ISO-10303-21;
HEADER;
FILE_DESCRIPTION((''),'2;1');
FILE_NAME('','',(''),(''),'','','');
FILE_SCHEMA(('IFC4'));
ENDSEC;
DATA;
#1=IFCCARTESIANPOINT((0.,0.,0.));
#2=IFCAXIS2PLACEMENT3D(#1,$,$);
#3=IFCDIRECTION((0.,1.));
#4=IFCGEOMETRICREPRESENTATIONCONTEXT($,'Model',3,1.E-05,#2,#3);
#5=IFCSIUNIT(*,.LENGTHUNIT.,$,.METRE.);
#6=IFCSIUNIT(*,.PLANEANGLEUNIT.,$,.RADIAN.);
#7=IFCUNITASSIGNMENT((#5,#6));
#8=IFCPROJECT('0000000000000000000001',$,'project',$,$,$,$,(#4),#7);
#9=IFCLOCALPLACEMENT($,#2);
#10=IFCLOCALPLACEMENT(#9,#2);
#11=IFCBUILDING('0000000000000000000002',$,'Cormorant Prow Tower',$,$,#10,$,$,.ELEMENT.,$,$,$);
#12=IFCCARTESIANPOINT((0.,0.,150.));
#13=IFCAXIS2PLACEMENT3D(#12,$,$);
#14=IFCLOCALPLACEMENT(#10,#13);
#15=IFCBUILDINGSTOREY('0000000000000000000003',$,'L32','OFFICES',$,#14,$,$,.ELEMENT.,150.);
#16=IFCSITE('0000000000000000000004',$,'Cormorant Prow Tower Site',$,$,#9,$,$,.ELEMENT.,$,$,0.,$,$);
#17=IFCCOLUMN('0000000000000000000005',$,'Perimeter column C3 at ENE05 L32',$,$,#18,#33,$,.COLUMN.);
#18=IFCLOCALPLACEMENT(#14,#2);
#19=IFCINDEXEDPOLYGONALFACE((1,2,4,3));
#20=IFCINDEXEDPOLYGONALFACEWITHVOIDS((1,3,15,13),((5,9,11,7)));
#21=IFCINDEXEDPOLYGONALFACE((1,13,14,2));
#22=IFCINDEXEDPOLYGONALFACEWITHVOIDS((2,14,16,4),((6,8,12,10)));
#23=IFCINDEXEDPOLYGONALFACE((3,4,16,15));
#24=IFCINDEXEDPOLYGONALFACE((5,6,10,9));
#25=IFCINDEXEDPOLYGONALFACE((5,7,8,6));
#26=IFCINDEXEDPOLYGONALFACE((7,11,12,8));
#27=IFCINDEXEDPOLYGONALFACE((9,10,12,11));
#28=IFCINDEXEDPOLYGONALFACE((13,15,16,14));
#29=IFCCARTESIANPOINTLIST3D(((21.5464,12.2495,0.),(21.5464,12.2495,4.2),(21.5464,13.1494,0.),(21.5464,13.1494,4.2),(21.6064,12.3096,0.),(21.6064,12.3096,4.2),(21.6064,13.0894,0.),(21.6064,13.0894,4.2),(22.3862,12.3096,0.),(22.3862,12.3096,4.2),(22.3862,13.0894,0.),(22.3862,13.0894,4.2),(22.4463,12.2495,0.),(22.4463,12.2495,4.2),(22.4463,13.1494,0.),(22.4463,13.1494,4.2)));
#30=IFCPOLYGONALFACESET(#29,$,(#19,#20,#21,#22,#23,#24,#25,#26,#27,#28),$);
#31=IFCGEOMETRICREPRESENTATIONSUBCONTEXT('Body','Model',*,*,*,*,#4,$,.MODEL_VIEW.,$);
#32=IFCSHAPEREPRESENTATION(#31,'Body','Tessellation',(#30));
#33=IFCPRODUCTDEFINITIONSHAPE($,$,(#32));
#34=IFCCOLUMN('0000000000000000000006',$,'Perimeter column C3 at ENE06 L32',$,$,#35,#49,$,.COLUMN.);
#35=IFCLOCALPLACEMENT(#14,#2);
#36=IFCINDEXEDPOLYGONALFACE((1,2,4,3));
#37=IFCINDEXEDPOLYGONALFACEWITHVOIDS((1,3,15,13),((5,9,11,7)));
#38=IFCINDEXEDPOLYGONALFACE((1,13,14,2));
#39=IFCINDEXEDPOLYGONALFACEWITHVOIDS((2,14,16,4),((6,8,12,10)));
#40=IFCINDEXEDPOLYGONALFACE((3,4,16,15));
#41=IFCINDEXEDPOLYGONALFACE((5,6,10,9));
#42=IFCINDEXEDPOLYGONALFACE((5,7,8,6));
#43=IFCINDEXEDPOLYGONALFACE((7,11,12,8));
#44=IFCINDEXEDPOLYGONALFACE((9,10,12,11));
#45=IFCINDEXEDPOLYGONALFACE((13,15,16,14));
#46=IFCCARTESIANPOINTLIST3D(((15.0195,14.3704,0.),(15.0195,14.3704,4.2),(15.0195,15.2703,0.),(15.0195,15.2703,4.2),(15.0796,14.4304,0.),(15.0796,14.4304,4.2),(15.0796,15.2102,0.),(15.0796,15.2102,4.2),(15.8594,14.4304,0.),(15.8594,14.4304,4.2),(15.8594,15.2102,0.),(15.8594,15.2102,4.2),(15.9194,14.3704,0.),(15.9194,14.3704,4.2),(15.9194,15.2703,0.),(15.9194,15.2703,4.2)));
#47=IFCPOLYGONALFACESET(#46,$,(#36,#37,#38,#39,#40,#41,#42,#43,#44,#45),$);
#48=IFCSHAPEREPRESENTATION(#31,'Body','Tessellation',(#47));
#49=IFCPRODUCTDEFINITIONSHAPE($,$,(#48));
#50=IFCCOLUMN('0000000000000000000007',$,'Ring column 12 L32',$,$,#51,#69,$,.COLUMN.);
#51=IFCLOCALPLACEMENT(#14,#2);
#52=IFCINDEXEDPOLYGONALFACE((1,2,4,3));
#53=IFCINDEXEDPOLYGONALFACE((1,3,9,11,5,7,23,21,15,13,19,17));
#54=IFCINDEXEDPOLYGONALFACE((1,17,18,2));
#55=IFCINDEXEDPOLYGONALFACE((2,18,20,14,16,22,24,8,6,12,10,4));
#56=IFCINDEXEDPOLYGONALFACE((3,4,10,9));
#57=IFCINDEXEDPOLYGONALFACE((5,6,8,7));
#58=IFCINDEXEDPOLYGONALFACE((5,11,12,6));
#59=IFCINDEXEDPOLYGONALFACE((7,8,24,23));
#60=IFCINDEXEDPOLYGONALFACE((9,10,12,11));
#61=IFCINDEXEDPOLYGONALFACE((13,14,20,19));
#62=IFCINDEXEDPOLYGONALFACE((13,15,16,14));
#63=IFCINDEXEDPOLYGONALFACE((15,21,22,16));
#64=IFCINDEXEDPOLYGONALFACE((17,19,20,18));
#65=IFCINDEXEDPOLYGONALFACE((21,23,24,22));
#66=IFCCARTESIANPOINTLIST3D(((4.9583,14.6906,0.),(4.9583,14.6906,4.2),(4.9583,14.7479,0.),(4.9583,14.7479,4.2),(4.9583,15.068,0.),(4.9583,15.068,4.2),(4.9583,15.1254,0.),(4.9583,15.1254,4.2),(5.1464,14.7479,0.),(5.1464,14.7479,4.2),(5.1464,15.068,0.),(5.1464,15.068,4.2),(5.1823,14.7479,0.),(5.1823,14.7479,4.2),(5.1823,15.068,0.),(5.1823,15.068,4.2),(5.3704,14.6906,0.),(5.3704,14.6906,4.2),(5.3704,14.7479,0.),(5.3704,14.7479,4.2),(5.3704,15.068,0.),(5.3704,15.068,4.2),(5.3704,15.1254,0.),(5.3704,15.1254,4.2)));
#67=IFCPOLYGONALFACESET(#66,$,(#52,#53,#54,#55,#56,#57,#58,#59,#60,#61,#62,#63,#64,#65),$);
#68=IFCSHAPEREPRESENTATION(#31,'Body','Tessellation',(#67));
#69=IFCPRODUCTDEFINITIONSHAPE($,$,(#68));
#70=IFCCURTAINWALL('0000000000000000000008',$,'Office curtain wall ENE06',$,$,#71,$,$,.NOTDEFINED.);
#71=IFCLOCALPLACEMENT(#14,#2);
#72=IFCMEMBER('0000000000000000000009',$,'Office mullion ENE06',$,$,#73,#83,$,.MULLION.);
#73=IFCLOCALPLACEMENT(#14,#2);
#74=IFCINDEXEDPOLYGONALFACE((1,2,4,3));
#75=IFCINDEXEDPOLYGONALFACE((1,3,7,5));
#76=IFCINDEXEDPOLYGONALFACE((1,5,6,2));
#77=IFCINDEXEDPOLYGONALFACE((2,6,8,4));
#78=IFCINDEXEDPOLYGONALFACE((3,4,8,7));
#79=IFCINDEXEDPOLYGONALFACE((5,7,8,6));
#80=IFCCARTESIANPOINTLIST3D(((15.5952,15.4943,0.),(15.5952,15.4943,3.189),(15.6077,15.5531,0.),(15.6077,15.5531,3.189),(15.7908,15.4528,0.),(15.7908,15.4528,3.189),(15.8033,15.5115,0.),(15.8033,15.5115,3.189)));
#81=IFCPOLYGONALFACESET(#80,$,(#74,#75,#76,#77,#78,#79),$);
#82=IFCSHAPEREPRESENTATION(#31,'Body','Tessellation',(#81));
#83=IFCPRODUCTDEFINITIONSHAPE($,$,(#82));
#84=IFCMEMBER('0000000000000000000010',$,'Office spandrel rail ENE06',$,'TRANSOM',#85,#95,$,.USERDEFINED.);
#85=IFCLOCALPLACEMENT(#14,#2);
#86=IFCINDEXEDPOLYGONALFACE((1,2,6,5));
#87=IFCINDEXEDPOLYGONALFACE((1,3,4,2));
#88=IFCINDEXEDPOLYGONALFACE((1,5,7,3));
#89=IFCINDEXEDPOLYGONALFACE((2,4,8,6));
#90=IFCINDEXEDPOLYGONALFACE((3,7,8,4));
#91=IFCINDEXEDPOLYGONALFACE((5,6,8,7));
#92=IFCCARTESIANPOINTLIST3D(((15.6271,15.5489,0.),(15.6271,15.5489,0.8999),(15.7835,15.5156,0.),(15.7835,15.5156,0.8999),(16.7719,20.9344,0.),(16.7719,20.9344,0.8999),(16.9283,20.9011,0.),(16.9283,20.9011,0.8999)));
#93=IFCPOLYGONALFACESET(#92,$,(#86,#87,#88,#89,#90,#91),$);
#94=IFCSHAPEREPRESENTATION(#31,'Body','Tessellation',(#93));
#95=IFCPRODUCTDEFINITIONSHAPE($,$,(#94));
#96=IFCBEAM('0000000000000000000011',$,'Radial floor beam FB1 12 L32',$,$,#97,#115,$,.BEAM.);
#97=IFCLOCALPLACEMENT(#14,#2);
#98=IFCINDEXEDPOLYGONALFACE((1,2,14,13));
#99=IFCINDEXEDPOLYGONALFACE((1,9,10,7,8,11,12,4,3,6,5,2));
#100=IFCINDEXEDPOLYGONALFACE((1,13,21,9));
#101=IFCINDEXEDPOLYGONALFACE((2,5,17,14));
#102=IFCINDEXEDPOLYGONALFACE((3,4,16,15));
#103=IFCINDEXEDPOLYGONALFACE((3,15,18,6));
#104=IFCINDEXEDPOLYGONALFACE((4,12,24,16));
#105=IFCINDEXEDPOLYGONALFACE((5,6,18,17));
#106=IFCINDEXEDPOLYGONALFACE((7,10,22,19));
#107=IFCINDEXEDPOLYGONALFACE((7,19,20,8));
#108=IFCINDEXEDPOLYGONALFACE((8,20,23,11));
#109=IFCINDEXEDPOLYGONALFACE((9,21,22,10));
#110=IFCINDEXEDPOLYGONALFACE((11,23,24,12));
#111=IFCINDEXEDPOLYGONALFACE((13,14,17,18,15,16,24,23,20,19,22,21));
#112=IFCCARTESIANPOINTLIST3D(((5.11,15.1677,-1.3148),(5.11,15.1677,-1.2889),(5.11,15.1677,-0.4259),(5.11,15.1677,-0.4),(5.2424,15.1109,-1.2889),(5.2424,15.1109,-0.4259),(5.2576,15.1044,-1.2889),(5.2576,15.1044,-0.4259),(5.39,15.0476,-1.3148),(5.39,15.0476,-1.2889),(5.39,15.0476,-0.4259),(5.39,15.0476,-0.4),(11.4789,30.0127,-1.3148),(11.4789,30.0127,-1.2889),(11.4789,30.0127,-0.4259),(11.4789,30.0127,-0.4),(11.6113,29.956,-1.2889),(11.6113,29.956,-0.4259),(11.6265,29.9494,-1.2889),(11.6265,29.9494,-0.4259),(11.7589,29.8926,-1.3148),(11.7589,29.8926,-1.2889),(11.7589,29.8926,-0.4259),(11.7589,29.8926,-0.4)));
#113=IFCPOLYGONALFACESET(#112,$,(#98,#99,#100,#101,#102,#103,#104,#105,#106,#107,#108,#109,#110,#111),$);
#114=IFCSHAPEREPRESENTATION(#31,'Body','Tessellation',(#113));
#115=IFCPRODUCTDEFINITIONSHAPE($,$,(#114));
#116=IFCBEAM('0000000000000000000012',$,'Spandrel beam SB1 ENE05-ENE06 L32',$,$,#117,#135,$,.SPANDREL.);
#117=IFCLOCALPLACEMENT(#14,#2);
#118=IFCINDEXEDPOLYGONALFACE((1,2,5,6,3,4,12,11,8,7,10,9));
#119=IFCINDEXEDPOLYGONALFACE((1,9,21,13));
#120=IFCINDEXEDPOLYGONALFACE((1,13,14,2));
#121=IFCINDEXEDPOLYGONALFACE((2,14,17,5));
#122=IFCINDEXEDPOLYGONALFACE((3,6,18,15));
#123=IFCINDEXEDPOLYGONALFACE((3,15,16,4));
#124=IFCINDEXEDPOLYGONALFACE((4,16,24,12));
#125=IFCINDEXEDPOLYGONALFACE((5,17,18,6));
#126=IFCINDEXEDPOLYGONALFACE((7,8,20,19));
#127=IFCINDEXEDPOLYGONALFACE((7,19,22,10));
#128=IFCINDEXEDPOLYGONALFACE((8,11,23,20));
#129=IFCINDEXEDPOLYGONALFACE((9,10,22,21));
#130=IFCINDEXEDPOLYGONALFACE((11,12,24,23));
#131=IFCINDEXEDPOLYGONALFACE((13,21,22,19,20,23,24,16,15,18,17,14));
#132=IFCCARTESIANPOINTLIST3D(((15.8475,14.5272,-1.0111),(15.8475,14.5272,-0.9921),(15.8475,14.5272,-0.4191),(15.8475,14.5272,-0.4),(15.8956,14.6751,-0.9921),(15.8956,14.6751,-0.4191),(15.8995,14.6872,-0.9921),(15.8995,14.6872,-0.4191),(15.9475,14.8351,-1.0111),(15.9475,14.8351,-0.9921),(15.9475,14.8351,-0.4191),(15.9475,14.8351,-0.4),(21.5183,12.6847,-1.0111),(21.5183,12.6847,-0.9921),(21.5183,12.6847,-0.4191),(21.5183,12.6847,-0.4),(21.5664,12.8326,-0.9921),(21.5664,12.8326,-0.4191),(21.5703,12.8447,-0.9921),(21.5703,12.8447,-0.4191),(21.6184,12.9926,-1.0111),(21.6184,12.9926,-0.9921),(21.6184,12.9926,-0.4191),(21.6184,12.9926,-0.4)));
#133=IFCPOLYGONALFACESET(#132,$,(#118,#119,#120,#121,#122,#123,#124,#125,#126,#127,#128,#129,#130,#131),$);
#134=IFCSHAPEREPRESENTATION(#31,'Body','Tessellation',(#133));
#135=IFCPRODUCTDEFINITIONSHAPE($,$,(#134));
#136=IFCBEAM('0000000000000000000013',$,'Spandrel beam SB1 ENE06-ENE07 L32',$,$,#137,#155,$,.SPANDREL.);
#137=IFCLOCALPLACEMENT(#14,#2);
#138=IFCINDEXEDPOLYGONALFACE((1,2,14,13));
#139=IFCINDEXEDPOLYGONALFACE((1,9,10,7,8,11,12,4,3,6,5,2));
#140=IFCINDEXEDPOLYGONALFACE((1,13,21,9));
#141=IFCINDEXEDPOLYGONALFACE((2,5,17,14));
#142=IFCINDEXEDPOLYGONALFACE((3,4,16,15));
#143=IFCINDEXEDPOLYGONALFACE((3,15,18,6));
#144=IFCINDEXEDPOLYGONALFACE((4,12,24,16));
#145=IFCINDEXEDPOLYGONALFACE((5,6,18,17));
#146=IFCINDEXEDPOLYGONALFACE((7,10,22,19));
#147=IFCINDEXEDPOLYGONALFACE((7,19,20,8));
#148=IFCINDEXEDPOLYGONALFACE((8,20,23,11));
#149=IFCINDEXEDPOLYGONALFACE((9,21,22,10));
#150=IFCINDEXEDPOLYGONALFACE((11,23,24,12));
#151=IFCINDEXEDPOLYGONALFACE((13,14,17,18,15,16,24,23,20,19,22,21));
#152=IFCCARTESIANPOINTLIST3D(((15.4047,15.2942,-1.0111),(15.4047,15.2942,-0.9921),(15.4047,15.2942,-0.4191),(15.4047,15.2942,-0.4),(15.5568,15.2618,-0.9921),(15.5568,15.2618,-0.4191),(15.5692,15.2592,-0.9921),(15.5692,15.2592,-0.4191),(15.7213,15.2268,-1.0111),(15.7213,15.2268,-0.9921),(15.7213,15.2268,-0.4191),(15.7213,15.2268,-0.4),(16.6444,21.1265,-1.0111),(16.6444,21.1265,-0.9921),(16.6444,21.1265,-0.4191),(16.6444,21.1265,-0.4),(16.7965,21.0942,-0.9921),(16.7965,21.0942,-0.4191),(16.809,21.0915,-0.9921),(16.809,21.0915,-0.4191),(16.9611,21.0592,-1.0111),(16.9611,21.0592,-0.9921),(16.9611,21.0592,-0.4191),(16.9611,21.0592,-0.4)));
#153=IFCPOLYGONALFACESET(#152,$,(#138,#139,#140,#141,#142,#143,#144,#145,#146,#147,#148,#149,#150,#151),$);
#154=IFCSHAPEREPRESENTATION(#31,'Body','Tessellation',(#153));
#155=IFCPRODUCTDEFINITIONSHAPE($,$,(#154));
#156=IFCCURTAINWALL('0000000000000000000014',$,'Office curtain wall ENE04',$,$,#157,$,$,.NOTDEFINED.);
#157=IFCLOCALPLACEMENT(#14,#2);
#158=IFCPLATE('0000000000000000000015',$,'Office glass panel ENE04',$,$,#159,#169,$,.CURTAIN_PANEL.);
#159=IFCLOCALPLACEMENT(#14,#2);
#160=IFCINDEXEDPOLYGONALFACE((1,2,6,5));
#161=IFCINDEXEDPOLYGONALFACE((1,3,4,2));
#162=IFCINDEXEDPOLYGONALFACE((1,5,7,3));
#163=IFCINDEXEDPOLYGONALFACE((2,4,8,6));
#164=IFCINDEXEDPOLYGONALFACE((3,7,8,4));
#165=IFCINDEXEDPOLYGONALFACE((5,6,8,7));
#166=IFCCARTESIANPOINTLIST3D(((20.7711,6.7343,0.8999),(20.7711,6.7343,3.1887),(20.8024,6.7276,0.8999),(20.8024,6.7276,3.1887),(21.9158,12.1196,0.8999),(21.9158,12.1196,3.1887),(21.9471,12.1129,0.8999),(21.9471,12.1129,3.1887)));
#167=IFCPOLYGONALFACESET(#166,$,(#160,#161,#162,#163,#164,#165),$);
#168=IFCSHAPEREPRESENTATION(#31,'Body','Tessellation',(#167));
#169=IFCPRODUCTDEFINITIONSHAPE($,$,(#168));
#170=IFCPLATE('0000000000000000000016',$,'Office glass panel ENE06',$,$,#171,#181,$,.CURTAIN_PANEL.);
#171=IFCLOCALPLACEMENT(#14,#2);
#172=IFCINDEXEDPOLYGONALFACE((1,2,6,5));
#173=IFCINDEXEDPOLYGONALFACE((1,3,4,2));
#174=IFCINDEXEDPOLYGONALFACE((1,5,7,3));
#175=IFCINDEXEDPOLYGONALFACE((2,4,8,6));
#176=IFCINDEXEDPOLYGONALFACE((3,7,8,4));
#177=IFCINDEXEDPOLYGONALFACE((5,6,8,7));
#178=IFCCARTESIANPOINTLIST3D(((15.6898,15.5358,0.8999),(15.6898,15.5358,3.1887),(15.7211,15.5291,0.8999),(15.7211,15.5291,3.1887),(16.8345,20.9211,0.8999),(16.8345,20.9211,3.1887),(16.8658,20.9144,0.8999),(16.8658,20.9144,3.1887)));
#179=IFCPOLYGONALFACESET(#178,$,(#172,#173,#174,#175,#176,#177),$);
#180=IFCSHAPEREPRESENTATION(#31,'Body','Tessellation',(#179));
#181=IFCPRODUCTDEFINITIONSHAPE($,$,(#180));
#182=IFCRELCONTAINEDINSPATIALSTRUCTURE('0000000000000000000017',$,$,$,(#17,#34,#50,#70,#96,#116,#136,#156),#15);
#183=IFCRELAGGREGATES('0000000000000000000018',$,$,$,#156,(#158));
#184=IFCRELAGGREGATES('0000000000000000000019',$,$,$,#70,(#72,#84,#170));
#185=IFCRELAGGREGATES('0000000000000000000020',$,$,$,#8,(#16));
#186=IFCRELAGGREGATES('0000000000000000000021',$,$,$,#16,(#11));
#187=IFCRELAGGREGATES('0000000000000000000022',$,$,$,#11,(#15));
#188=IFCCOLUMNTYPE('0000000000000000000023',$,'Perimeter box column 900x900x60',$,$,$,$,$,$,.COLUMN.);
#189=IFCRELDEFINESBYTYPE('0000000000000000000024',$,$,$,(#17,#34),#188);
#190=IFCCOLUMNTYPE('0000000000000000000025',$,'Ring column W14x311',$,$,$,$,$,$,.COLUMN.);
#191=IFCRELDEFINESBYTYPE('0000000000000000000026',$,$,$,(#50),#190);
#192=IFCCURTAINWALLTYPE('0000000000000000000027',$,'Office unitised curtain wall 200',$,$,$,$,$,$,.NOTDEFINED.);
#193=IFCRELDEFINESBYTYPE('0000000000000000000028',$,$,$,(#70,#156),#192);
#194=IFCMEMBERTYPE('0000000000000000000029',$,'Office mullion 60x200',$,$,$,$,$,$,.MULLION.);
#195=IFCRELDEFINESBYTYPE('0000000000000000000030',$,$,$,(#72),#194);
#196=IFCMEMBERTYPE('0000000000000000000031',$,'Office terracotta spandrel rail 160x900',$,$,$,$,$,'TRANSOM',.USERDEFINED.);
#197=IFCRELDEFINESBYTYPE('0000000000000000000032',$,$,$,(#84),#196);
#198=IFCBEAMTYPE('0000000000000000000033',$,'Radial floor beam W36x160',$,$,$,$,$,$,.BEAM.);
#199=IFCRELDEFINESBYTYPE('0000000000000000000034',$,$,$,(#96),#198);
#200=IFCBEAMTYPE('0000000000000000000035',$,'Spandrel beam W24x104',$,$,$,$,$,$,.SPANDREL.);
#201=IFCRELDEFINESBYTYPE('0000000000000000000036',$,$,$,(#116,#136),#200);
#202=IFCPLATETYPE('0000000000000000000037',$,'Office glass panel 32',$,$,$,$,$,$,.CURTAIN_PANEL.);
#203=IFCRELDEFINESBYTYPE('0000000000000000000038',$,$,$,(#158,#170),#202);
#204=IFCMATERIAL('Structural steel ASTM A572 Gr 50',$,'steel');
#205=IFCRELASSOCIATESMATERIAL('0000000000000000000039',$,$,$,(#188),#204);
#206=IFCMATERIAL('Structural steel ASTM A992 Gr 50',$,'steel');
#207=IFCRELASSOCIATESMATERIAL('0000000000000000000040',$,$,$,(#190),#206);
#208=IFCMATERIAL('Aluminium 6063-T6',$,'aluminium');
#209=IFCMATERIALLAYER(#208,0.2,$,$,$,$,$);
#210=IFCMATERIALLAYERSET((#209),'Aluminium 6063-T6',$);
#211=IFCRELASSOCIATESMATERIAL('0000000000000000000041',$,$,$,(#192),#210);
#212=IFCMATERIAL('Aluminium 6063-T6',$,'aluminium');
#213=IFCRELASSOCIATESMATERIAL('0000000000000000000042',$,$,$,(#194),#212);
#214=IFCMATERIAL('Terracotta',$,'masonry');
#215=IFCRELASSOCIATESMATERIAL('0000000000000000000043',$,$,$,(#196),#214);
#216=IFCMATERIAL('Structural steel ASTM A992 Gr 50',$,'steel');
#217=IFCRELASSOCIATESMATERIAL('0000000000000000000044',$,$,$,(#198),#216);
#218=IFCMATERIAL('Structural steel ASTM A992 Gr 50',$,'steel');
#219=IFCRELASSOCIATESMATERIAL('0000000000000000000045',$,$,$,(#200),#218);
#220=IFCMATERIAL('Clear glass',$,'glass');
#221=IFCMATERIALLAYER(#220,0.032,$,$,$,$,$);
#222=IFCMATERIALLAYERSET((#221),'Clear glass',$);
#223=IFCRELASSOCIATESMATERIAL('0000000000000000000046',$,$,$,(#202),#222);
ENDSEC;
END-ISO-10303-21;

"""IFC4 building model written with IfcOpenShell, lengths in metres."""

from ifc_helpers import new_model, si_unit, direction, frame, origin, origin_2d, place, context, subcontext, project, spatial, rectangle, hollow_rectangle, i_section, extrude, material, layer, layer_set, material_profile, profile_set, type_object, element, aggregate, save


model = new_model("IFC4")

# Units and contexts
model_context = context("Model", 3, precision=1e-05, world=origin(), true_north=direction((0.0, 1.0)))
body_context = subcontext(model_context, "Body", "Model", "MODEL_VIEW")
ifc_project = project(units=[si_unit("LENGTHUNIT", "METRE"), si_unit("PLANEANGLEUNIT", "RADIAN")], contexts=[model_context])

# Site, building, storey
site_placement = place(None, origin())
site = spatial("IfcSite", under=ifc_project, at=site_placement, Name="Cormorant Prow Tower Site", CompositionType="ELEMENT", RefElevation=0.0)
building_placement = place(site_placement, origin())
building = spatial("IfcBuilding", under=site, at=building_placement, Name="Cormorant Prow Tower", CompositionType="ELEMENT")
storey_placement = place(building_placement, frame((0.0, 0.0, 150.0)))
storey = spatial("IfcBuildingStorey", under=building, at=storey_placement, Name="L32", Description="OFFICES", CompositionType="ELEMENT", Elevation=150.0)

# Columns
ifc_material_1 = material(Name="Structural steel ASTM A572 Gr 50", Category="steel")
ifc_material_profile_1 = material_profile(ifc_material_1, hollow_rectangle(XDim=0.8999, YDim=0.8999, WallThickness=0.0601, at=origin_2d()), Name="Box 900x900x60")
ifc_profile_set_1 = profile_set([ifc_material_profile_1], Name="Structural steel ASTM A572 Gr 50")
column_type_1 = type_object("IfcColumnType", Name="Perimeter box column 900x900x60", PredefinedType="COLUMN", material=ifc_profile_set_1)
for number, where, z_axis, x_axis, name in (
    (1, (21.9963, 12.6995, 0.0), (0.0, 0.0, 1.0), (1.0, 0.0, 0.0), "Perimeter column C3 at ENE05 L32"),
    (2, (15.4695, 14.8203, 0.0), (0.0, 0.0, 1.0), (1.0, 0.0, 0.0), "Perimeter column C3 at ENE06 L32"),
):
    element("IfcColumn", number, at=place(storey_placement, frame(where, z_axis=z_axis, x_axis=x_axis)), inside=storey, type_object=column_type_1, Name=name, PredefinedType="COLUMN", context=body_context, shape_type="SweptSolid", body=[
        extrude(hollow_rectangle(XDim=0.8999, YDim=0.8999, WallThickness=0.0601, at=origin_2d()), origin(), (0.0, 0.0, 1.0), 4.2),
    ])
ifc_material_2 = material(Name="Structural steel ASTM A992 Gr 50", Category="steel")
ifc_material_profile_2 = material_profile(ifc_material_2, i_section(OverallWidth=0.4121, OverallDepth=0.4348, WebThickness=0.0359, FlangeThickness=0.0574, at=origin_2d()), Name="W14x311")
ifc_profile_set_2 = profile_set([ifc_material_profile_2], Name="Structural steel ASTM A992 Gr 50")
column_type_2 = type_object("IfcColumnType", Name="Ring column W14x311", PredefinedType="COLUMN", material=ifc_profile_set_2)
column_placement = place(storey_placement, frame((5.1643, 14.908, 0.0), z_axis=(0.0, 0.0, 1.0), x_axis=(1.0, 0.0, 0.0)))
element("IfcColumn", 3, at=column_placement, inside=storey, type_object=column_type_2, Name="Ring column 12 L32", PredefinedType="COLUMN", context=body_context, shape_type="SweptSolid", body=[
    extrude(i_section(OverallWidth=0.4121, OverallDepth=0.4348, WebThickness=0.0359, FlangeThickness=0.0574, at=origin_2d()), origin(), (0.0, 0.0, 1.0), 4.2),
])

# Curtain wall, members
ifc_material_3 = material(Name="Aluminium 6063-T6", Category="aluminium")
ifc_layer_1 = layer(ifc_material_3, 0.2)
ifc_layer_set_1 = layer_set([ifc_layer_1], Name="Aluminium 6063-T6")
curtain_wall_type = type_object("IfcCurtainWallType", Name="Office unitised curtain wall 200", PredefinedType="NOTDEFINED", material=ifc_layer_set_1)
curtain_wall_1_placement = place(storey_placement, origin())
curtain_wall_1 = element("IfcCurtainWall", 4, at=curtain_wall_1_placement, inside=storey, type_object=curtain_wall_type, Name="Office curtain wall ENE06", PredefinedType="NOTDEFINED")
ifc_material_4 = material(Name="Aluminium 6063-T6", Category="aluminium")
ifc_material_profile_3 = material_profile(ifc_material_4, rectangle(XDim=0.2, YDim=0.0601, at=origin_2d()), Name="Office mullion 60x200")
ifc_profile_set_3 = profile_set([ifc_material_profile_3], Name="Aluminium 6063-T6")
member_type_1 = type_object("IfcMemberType", Name="Office mullion 60x200", PredefinedType="MULLION", material=ifc_profile_set_3)
member_1_placement = place(storey_placement, frame((15.6992, 15.5029, 0.0), z_axis=(0.0, 0.0, 1.0), x_axis=(-0.978148, 0.207912, 0.0)))
member_1 = element("IfcMember", 5, at=member_1_placement, type_object=member_type_1, Name="Office mullion ENE06", PredefinedType="MULLION", context=body_context, shape_type="SweptSolid", body=[
    extrude(rectangle(XDim=0.2, YDim=0.0601, at=origin_2d()), origin(), (0.0, 0.0, 1.0), 3.189),
])
ifc_material_5 = material(Name="Terracotta", Category="masonry")
ifc_material_profile_4 = material_profile(ifc_material_5, rectangle(XDim=0.1599, YDim=0.8999, at=origin_2d()), Name="Office terracotta spandrel rail 160x900")
ifc_profile_set_4 = profile_set([ifc_material_profile_4], Name="Terracotta")
member_type_2 = type_object("IfcMemberType", Name="Office terracotta spandrel rail 160x900", ElementType="TRANSOM", PredefinedType="USERDEFINED", material=ifc_profile_set_4)
member_2_placement = place(storey_placement, frame((15.7053, 15.5322, 0.45), z_axis=(0.207921, 0.978146, 0.0), x_axis=(-0.978146, 0.207921, 0.0)))
member_2 = element("IfcMember", 6, at=member_2_placement, type_object=member_type_2, Name="Office spandrel rail ENE06", ObjectType="TRANSOM", PredefinedType="USERDEFINED", context=body_context, shape_type="SweptSolid", body=[
    extrude(rectangle(XDim=0.1599, YDim=0.8999, at=origin_2d()), origin(), (0.0, 0.0, 1.0), 5.5059),
])

# Beams
ifc_material_6 = material(Name="Structural steel ASTM A992 Gr 50", Category="steel")
ifc_material_profile_5 = material_profile(ifc_material_6, i_section(OverallWidth=0.3047, OverallDepth=0.9148, WebThickness=0.0166, FlangeThickness=0.0259, at=origin_2d()), Name="W36x160")
ifc_profile_set_5 = profile_set([ifc_material_profile_5], Name="Structural steel ASTM A992 Gr 50")
beam_type_1 = type_object("IfcBeamType", Name="Radial floor beam W36x160", PredefinedType="BEAM", material=ifc_profile_set_5)
beam_placement = place(storey_placement, frame((5.25, 15.1077, -0.8574), z_axis=(0.394273, 0.918993, 0.0), x_axis=(-0.918993, 0.394273, 0.0)))
element("IfcBeam", 7, at=beam_placement, inside=storey, type_object=beam_type_1, Name="Radial floor beam FB1 12 L32", PredefinedType="BEAM", context=body_context, shape_type="SweptSolid", body=[
    extrude(i_section(OverallWidth=0.3047, OverallDepth=0.9148, WebThickness=0.0166, FlangeThickness=0.0259, at=origin_2d()), origin(), (0.0, 0.0, 1.0), 16.1536),
])
ifc_material_7 = material(Name="Structural steel ASTM A992 Gr 50", Category="steel")
ifc_material_profile_6 = material_profile(ifc_material_7, i_section(OverallWidth=0.3237, OverallDepth=0.6111, WebThickness=0.0127, FlangeThickness=0.019, at=origin_2d()), Name="W24x104")
ifc_profile_set_6 = profile_set([ifc_material_profile_6], Name="Structural steel ASTM A992 Gr 50")
beam_type_2 = type_object("IfcBeamType", Name="Spandrel beam W24x104", PredefinedType="SPANDREL", material=ifc_profile_set_6)
for number, where, z_axis, x_axis, name in (
    (8, (21.5684, 12.8386, -0.7056), (-0.951059, 0.309008, 0.0), (-0.309008, -0.951059, 0.0), "Spandrel beam SB1 ENE05-ENE06 L32"),
    (9, (15.563, 15.2605, -0.7056), (0.207921, 0.978146, 0.0), (-0.978146, 0.207921, 0.0), "Spandrel beam SB1 ENE06-ENE07 L32"),
):
    element("IfcBeam", number, at=place(storey_placement, frame(where, z_axis=z_axis, x_axis=x_axis)), inside=storey, type_object=beam_type_2, Name=name, PredefinedType="SPANDREL", context=body_context, shape_type="SweptSolid", body=[
        extrude(i_section(OverallWidth=0.3237, OverallDepth=0.6111, WebThickness=0.0127, FlangeThickness=0.019, at=origin_2d()), origin(), (0.0, 0.0, 1.0), 5.9626),
    ])

# Curtain wall, plate
curtain_wall_2_placement = place(storey_placement, origin())
curtain_wall_2 = element("IfcCurtainWall", 10, at=curtain_wall_2_placement, inside=storey, type_object=curtain_wall_type, Name="Office curtain wall ENE04", PredefinedType="NOTDEFINED")
ifc_material_8 = material(Name="Clear glass", Category="glass")
ifc_layer_2 = layer(ifc_material_8, 0.032)
ifc_layer_set_2 = layer_set([ifc_layer_2], Name="Clear glass")
plate_type = type_object("IfcPlateType", Name="Office glass panel 32", PredefinedType="CURTAIN_PANEL", material=ifc_layer_set_2)
plate_1_placement = place(storey_placement, frame((21.3591, 9.4236, 0.8999), z_axis=(0.0, 0.0, 1.0), x_axis=(0.207912, 0.978148, 0.0)))
plate_1 = element("IfcPlate", 11, at=plate_1_placement, type_object=plate_type, Name="Office glass panel ENE04", PredefinedType="CURTAIN_PANEL", context=body_context, shape_type="SweptSolid", body=[
    extrude(rectangle(XDim=5.5056, YDim=0.032, at=origin_2d()), origin(), (0.0, 0.0, 1.0), 2.2888),
])
aggregate(curtain_wall_2, [plate_1])

# Plate
plate_2_placement = place(storey_placement, frame((16.2778, 18.2251, 0.8999), z_axis=(0.0, 0.0, 1.0), x_axis=(0.207912, 0.978148, 0.0)))
plate_2 = element("IfcPlate", 12, at=plate_2_placement, type_object=plate_type, Name="Office glass panel ENE06", PredefinedType="CURTAIN_PANEL", context=body_context, shape_type="SweptSolid", body=[
    extrude(rectangle(XDim=5.5056, YDim=0.032, at=origin_2d()), origin(), (0.0, 0.0, 1.0), 2.2888),
])
aggregate(curtain_wall_1, [member_1, member_2, plate_2])

save(model, "model.ifc")
